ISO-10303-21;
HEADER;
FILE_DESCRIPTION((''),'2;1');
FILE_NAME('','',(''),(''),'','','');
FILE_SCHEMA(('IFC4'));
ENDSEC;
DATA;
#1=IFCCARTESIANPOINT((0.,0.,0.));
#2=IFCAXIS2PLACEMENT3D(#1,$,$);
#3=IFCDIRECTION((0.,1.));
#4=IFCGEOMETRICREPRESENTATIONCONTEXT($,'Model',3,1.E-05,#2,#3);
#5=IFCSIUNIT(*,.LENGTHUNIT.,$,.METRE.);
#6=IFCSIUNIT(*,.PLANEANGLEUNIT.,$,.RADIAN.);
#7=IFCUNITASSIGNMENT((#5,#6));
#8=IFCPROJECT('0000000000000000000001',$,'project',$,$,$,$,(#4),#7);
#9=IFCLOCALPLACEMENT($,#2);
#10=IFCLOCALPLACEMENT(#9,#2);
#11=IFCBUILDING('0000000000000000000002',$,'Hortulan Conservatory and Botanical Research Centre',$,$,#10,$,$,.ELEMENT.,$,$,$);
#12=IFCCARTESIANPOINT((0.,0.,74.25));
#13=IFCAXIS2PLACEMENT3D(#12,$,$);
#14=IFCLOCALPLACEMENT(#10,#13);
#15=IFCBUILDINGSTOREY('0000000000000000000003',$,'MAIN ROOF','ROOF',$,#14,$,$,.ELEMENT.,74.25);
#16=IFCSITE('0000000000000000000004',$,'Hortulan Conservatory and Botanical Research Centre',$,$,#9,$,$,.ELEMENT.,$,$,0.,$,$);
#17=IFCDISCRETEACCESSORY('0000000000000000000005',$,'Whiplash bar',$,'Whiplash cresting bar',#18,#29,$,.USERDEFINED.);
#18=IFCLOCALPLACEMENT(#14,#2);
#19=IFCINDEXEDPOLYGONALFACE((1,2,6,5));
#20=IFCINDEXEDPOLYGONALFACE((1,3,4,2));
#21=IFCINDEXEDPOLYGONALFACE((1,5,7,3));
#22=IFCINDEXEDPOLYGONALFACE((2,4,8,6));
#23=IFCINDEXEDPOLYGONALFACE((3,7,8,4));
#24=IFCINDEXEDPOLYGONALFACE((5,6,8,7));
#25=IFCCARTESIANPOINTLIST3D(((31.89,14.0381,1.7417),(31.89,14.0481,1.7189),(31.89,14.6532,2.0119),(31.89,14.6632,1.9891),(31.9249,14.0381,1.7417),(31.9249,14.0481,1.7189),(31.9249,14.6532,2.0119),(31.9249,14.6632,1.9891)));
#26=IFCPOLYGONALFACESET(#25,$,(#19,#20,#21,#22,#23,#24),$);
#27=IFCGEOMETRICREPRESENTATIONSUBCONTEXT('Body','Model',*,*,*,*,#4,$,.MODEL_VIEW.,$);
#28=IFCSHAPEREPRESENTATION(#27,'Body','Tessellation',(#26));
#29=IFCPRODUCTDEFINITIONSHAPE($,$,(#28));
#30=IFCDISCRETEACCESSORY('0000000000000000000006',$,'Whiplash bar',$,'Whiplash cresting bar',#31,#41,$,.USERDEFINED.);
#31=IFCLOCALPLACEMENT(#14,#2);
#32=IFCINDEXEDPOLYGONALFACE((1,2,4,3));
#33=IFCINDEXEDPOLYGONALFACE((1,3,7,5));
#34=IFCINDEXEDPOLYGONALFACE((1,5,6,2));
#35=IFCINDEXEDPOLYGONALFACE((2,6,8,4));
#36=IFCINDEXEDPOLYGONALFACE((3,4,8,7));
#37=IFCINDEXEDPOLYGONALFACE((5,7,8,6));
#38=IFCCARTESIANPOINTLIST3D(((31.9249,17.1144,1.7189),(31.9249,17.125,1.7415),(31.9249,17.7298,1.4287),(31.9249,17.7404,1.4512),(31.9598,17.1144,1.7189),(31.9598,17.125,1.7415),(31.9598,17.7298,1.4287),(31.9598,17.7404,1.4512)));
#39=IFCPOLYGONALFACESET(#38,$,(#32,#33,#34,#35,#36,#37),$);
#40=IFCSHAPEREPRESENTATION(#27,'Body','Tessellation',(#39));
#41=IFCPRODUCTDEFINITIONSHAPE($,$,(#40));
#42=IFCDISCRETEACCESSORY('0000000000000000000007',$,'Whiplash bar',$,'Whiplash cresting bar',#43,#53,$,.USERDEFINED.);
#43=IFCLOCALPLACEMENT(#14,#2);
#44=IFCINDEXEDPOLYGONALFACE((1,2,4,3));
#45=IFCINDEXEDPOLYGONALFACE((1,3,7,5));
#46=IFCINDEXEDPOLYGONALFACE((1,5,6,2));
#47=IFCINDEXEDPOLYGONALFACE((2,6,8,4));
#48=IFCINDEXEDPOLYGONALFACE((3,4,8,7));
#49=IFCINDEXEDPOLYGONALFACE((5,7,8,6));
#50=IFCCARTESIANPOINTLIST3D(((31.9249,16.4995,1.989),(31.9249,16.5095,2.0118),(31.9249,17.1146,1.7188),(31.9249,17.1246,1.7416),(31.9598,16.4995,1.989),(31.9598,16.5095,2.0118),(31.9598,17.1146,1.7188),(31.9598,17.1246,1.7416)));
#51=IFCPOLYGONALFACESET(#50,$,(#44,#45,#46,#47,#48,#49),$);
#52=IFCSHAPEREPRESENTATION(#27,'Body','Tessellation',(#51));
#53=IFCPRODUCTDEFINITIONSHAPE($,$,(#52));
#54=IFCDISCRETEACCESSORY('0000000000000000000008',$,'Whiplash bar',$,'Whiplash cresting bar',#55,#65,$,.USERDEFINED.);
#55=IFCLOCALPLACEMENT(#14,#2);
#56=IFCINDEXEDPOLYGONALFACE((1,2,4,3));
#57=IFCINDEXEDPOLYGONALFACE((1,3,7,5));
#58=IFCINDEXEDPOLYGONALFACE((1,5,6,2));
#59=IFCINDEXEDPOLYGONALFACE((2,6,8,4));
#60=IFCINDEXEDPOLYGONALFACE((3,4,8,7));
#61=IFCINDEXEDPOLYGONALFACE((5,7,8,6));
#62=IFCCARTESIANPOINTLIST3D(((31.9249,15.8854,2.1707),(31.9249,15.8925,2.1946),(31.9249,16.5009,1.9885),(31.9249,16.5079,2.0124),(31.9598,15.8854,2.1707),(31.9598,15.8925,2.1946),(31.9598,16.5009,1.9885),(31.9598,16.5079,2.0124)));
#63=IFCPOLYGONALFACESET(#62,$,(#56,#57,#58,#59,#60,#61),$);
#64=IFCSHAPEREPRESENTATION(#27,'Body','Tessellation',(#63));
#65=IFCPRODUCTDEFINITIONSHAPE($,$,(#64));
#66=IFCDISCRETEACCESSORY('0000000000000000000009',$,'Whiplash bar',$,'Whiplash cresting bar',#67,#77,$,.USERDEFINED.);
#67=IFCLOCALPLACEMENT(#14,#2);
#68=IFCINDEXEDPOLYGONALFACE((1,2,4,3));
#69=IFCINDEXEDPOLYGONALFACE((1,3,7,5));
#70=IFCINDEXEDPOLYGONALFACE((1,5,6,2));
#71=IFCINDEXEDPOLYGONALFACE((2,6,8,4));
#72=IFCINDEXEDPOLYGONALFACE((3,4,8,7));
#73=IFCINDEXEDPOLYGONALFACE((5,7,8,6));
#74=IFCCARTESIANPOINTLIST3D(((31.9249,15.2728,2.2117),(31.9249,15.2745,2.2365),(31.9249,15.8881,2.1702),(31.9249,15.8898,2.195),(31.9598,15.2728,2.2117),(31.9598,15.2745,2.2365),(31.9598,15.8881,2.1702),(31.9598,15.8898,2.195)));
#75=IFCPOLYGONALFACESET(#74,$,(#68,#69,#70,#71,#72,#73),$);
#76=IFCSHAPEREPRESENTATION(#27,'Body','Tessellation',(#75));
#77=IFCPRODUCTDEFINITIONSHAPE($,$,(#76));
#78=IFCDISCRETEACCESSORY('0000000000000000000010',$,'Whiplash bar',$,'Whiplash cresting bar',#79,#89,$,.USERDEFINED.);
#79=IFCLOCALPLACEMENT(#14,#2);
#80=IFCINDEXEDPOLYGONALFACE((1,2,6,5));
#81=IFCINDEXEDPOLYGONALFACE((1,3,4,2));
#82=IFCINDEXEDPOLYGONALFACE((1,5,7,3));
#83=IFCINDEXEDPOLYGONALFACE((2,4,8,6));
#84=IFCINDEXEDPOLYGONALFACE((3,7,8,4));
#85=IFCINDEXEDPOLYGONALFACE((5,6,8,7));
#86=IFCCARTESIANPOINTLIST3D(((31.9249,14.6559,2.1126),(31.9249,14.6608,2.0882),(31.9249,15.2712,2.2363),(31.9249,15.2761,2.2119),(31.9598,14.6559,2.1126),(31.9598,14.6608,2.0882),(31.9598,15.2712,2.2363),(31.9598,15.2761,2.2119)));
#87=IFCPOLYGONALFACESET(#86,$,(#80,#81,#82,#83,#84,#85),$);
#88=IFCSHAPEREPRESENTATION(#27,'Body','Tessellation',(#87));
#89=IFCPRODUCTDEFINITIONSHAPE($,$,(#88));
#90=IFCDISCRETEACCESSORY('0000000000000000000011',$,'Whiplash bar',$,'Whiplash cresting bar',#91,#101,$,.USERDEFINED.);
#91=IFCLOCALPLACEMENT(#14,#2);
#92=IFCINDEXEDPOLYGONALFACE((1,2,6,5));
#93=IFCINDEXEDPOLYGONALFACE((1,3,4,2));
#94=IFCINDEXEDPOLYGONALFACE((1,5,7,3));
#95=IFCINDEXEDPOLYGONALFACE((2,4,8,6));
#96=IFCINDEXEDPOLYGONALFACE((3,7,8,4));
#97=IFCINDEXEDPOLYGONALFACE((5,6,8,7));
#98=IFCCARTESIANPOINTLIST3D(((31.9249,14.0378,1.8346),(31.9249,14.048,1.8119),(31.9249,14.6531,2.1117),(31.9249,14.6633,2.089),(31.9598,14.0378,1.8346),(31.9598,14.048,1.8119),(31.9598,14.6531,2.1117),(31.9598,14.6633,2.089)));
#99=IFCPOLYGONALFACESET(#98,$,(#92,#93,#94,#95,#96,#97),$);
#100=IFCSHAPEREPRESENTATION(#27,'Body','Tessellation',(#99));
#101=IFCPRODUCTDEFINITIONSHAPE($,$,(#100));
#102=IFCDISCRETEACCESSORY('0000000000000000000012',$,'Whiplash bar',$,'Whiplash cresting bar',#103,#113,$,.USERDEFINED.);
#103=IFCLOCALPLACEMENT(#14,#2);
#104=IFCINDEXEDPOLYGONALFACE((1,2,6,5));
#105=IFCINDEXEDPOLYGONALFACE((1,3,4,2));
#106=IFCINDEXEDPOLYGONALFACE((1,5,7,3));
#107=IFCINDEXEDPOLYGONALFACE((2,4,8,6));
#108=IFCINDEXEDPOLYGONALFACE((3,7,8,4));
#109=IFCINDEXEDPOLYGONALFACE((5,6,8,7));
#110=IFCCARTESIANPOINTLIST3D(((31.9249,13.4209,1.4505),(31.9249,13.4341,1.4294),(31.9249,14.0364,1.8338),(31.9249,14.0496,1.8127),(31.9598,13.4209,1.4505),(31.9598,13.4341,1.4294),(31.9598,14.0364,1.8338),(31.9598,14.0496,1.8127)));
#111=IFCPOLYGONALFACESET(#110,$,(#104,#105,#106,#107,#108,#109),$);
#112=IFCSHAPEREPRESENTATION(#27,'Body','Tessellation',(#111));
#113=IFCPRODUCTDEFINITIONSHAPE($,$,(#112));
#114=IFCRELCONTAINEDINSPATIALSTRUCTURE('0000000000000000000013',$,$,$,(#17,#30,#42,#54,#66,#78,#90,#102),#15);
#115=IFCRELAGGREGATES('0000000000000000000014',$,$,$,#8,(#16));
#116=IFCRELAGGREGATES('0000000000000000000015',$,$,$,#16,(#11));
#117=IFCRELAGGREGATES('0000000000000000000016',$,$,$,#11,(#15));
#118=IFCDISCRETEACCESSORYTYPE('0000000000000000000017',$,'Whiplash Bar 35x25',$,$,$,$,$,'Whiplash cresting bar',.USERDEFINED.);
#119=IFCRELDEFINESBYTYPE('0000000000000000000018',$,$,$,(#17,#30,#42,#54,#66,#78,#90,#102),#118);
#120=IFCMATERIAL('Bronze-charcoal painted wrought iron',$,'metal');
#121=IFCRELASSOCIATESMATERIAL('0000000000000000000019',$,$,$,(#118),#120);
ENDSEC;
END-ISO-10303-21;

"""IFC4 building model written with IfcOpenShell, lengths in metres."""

from ifc_helpers import new_model, si_unit, direction, frame, origin, origin_2d, place, context, subcontext, project, spatial, rectangle, extrude, material, material_profile, profile_set, type_object, element, save


model = new_model("IFC4")

# Units and contexts
model_context = context("Model", 3, precision=1e-05, world=origin(), true_north=direction((0.0, 1.0)))
body_context = subcontext(model_context, "Body", "Model", "MODEL_VIEW")
ifc_project = project(units=[si_unit("LENGTHUNIT", "METRE"), si_unit("PLANEANGLEUNIT", "RADIAN")], contexts=[model_context])

# Site, building, storey
site_placement = place(None, origin())
site = spatial("IfcSite", under=ifc_project, at=site_placement, Name="Hortulan Conservatory and Botanical Research Centre", CompositionType="ELEMENT", RefElevation=0.0)
building_placement = place(site_placement, origin())
building = spatial("IfcBuilding", under=site, at=building_placement, Name="Hortulan Conservatory and Botanical Research Centre", CompositionType="ELEMENT")
storey_placement = place(building_placement, frame((0.0, 0.0, 74.25)))
storey = spatial("IfcBuildingStorey", under=building, at=storey_placement, Name="MAIN ROOF", Description="ROOF", CompositionType="ELEMENT", Elevation=74.25)

# Discrete accessories
ifc_material = material(Name="Bronze-charcoal painted wrought iron", Category="metal")
ifc_material_profile_1 = material_profile(ifc_material, rectangle(XDim=0.0349, YDim=0.0249, at=origin_2d()), Name="Flat bar 35x25")
ifc_profile_set_1 = profile_set([ifc_material_profile_1], Name="Bronze-charcoal painted wrought iron")
discrete_accessory_type_1 = type_object("IfcDiscreteAccessoryType", Name="Whiplash Bar 35x25", ElementType="Whiplash cresting bar", PredefinedType="USERDEFINED", material=ifc_profile_set_1)
discrete_accessory_1_placement = place(storey_placement, frame((31.9075, 14.6582, 2.0005), z_axis=(0.0, -0.915556, -0.402191), x_axis=(1.0, 0.0, 0.0)))
element("IfcDiscreteAccessory", 1, at=discrete_accessory_1_placement, inside=storey, type_object=discrete_accessory_type_1, Name="Whiplash bar", ObjectType="Whiplash cresting bar", PredefinedType="USERDEFINED", context=body_context, shape_type="SweptSolid", body=[
    extrude(rectangle(XDim=0.0349, YDim=0.0249, at=origin_2d()), origin(), (0.0, 0.0, 1.0), 0.6719),
])
discrete_accessory_2_placement = place(storey_placement, frame((31.9424, 17.7351, 1.4399), z_axis=(0.0, -0.904452, 0.426574), x_axis=(1.0, 0.0, 0.0)))
element("IfcDiscreteAccessory", 2, at=discrete_accessory_2_placement, inside=storey, type_object=discrete_accessory_type_1, Name="Whiplash bar", ObjectType="Whiplash cresting bar", PredefinedType="USERDEFINED", context=body_context, shape_type="SweptSolid", body=[
    extrude(rectangle(XDim=0.0349, YDim=0.0249, at=origin_2d()), origin(), (0.0, 0.0, 1.0), 0.6804),
])
discrete_accessory_3_placement = place(storey_placement, frame((31.9424, 17.1196, 1.7302), z_axis=(0.0, -0.915556, 0.402191), x_axis=(1.0, 0.0, 0.0)))
element("IfcDiscreteAccessory", 3, at=discrete_accessory_3_placement, inside=storey, type_object=discrete_accessory_type_1, Name="Whiplash bar", ObjectType="Whiplash cresting bar", PredefinedType="USERDEFINED", context=body_context, shape_type="SweptSolid", body=[
    extrude(rectangle(XDim=0.0349, YDim=0.0249, at=origin_2d()), origin(), (0.0, 0.0, 1.0), 0.6719),
])
discrete_accessory_4_placement = place(storey_placement, frame((31.9424, 16.5044, 2.0005), z_axis=(0.0, -0.958898, 0.283752), x_axis=(1.0, 0.0, 0.0)))
element("IfcDiscreteAccessory", 4, at=discrete_accessory_4_placement, inside=storey, type_object=discrete_accessory_type_1, Name="Whiplash bar", ObjectType="Whiplash cresting bar", PredefinedType="USERDEFINED", context=body_context, shape_type="SweptSolid", body=[
    extrude(rectangle(XDim=0.0349, YDim=0.0249, at=origin_2d()), origin(), (0.0, 0.0, 1.0), 0.6418),
])
discrete_accessory_5_placement = place(storey_placement, frame((31.9424, 15.8889, 2.1826), z_axis=(0.0, -0.997732, 0.067307), x_axis=(1.0, 0.0, 0.0)))
element("IfcDiscreteAccessory", 5, at=discrete_accessory_5_placement, inside=storey, type_object=discrete_accessory_type_1, Name="Whiplash bar", ObjectType="Whiplash cresting bar", PredefinedType="USERDEFINED", context=body_context, shape_type="SweptSolid", body=[
    extrude(rectangle(XDim=0.0349, YDim=0.0249, at=origin_2d()), origin(), (0.0, 0.0, 1.0), 0.6167),
])
discrete_accessory_6_placement = place(storey_placement, frame((31.9424, 15.2737, 2.2241), z_axis=(0.0, -0.980371, -0.197163), x_axis=(1.0, 0.0, 0.0)))
element("IfcDiscreteAccessory", 6, at=discrete_accessory_6_placement, inside=storey, type_object=discrete_accessory_type_1, Name="Whiplash bar", ObjectType="Whiplash cresting bar", PredefinedType="USERDEFINED", context=body_context, shape_type="SweptSolid", body=[
    extrude(rectangle(XDim=0.0349, YDim=0.0249, at=origin_2d()), origin(), (0.0, 0.0, 1.0), 0.6277),
])
discrete_accessory_7_placement = place(storey_placement, frame((31.9424, 14.6582, 2.1003), z_axis=(0.0, -0.911786, -0.410666), x_axis=(1.0, 0.0, 0.0)))
element("IfcDiscreteAccessory", 7, at=discrete_accessory_7_placement, inside=storey, type_object=discrete_accessory_type_1, Name="Whiplash bar", ObjectType="Whiplash cresting bar", PredefinedType="USERDEFINED", context=body_context, shape_type="SweptSolid", body=[
    extrude(rectangle(XDim=0.0349, YDim=0.0249, at=origin_2d()), origin(), (0.0, 0.0, 1.0), 0.6748),
])
discrete_accessory_8_placement = place(storey_placement, frame((31.9424, 14.043, 1.8232), z_axis=(0.0, -0.848848, -0.528636), x_axis=(1.0, 0.0, 0.0)))
element("IfcDiscreteAccessory", 8, at=discrete_accessory_8_placement, inside=storey, type_object=discrete_accessory_type_1, Name="Whiplash bar", ObjectType="Whiplash cresting bar", PredefinedType="USERDEFINED", context=body_context, shape_type="SweptSolid", body=[
    extrude(rectangle(XDim=0.0349, YDim=0.0249, at=origin_2d()), origin(), (0.0, 0.0, 1.0), 0.7251),
])

save(model, "model.ifc")
